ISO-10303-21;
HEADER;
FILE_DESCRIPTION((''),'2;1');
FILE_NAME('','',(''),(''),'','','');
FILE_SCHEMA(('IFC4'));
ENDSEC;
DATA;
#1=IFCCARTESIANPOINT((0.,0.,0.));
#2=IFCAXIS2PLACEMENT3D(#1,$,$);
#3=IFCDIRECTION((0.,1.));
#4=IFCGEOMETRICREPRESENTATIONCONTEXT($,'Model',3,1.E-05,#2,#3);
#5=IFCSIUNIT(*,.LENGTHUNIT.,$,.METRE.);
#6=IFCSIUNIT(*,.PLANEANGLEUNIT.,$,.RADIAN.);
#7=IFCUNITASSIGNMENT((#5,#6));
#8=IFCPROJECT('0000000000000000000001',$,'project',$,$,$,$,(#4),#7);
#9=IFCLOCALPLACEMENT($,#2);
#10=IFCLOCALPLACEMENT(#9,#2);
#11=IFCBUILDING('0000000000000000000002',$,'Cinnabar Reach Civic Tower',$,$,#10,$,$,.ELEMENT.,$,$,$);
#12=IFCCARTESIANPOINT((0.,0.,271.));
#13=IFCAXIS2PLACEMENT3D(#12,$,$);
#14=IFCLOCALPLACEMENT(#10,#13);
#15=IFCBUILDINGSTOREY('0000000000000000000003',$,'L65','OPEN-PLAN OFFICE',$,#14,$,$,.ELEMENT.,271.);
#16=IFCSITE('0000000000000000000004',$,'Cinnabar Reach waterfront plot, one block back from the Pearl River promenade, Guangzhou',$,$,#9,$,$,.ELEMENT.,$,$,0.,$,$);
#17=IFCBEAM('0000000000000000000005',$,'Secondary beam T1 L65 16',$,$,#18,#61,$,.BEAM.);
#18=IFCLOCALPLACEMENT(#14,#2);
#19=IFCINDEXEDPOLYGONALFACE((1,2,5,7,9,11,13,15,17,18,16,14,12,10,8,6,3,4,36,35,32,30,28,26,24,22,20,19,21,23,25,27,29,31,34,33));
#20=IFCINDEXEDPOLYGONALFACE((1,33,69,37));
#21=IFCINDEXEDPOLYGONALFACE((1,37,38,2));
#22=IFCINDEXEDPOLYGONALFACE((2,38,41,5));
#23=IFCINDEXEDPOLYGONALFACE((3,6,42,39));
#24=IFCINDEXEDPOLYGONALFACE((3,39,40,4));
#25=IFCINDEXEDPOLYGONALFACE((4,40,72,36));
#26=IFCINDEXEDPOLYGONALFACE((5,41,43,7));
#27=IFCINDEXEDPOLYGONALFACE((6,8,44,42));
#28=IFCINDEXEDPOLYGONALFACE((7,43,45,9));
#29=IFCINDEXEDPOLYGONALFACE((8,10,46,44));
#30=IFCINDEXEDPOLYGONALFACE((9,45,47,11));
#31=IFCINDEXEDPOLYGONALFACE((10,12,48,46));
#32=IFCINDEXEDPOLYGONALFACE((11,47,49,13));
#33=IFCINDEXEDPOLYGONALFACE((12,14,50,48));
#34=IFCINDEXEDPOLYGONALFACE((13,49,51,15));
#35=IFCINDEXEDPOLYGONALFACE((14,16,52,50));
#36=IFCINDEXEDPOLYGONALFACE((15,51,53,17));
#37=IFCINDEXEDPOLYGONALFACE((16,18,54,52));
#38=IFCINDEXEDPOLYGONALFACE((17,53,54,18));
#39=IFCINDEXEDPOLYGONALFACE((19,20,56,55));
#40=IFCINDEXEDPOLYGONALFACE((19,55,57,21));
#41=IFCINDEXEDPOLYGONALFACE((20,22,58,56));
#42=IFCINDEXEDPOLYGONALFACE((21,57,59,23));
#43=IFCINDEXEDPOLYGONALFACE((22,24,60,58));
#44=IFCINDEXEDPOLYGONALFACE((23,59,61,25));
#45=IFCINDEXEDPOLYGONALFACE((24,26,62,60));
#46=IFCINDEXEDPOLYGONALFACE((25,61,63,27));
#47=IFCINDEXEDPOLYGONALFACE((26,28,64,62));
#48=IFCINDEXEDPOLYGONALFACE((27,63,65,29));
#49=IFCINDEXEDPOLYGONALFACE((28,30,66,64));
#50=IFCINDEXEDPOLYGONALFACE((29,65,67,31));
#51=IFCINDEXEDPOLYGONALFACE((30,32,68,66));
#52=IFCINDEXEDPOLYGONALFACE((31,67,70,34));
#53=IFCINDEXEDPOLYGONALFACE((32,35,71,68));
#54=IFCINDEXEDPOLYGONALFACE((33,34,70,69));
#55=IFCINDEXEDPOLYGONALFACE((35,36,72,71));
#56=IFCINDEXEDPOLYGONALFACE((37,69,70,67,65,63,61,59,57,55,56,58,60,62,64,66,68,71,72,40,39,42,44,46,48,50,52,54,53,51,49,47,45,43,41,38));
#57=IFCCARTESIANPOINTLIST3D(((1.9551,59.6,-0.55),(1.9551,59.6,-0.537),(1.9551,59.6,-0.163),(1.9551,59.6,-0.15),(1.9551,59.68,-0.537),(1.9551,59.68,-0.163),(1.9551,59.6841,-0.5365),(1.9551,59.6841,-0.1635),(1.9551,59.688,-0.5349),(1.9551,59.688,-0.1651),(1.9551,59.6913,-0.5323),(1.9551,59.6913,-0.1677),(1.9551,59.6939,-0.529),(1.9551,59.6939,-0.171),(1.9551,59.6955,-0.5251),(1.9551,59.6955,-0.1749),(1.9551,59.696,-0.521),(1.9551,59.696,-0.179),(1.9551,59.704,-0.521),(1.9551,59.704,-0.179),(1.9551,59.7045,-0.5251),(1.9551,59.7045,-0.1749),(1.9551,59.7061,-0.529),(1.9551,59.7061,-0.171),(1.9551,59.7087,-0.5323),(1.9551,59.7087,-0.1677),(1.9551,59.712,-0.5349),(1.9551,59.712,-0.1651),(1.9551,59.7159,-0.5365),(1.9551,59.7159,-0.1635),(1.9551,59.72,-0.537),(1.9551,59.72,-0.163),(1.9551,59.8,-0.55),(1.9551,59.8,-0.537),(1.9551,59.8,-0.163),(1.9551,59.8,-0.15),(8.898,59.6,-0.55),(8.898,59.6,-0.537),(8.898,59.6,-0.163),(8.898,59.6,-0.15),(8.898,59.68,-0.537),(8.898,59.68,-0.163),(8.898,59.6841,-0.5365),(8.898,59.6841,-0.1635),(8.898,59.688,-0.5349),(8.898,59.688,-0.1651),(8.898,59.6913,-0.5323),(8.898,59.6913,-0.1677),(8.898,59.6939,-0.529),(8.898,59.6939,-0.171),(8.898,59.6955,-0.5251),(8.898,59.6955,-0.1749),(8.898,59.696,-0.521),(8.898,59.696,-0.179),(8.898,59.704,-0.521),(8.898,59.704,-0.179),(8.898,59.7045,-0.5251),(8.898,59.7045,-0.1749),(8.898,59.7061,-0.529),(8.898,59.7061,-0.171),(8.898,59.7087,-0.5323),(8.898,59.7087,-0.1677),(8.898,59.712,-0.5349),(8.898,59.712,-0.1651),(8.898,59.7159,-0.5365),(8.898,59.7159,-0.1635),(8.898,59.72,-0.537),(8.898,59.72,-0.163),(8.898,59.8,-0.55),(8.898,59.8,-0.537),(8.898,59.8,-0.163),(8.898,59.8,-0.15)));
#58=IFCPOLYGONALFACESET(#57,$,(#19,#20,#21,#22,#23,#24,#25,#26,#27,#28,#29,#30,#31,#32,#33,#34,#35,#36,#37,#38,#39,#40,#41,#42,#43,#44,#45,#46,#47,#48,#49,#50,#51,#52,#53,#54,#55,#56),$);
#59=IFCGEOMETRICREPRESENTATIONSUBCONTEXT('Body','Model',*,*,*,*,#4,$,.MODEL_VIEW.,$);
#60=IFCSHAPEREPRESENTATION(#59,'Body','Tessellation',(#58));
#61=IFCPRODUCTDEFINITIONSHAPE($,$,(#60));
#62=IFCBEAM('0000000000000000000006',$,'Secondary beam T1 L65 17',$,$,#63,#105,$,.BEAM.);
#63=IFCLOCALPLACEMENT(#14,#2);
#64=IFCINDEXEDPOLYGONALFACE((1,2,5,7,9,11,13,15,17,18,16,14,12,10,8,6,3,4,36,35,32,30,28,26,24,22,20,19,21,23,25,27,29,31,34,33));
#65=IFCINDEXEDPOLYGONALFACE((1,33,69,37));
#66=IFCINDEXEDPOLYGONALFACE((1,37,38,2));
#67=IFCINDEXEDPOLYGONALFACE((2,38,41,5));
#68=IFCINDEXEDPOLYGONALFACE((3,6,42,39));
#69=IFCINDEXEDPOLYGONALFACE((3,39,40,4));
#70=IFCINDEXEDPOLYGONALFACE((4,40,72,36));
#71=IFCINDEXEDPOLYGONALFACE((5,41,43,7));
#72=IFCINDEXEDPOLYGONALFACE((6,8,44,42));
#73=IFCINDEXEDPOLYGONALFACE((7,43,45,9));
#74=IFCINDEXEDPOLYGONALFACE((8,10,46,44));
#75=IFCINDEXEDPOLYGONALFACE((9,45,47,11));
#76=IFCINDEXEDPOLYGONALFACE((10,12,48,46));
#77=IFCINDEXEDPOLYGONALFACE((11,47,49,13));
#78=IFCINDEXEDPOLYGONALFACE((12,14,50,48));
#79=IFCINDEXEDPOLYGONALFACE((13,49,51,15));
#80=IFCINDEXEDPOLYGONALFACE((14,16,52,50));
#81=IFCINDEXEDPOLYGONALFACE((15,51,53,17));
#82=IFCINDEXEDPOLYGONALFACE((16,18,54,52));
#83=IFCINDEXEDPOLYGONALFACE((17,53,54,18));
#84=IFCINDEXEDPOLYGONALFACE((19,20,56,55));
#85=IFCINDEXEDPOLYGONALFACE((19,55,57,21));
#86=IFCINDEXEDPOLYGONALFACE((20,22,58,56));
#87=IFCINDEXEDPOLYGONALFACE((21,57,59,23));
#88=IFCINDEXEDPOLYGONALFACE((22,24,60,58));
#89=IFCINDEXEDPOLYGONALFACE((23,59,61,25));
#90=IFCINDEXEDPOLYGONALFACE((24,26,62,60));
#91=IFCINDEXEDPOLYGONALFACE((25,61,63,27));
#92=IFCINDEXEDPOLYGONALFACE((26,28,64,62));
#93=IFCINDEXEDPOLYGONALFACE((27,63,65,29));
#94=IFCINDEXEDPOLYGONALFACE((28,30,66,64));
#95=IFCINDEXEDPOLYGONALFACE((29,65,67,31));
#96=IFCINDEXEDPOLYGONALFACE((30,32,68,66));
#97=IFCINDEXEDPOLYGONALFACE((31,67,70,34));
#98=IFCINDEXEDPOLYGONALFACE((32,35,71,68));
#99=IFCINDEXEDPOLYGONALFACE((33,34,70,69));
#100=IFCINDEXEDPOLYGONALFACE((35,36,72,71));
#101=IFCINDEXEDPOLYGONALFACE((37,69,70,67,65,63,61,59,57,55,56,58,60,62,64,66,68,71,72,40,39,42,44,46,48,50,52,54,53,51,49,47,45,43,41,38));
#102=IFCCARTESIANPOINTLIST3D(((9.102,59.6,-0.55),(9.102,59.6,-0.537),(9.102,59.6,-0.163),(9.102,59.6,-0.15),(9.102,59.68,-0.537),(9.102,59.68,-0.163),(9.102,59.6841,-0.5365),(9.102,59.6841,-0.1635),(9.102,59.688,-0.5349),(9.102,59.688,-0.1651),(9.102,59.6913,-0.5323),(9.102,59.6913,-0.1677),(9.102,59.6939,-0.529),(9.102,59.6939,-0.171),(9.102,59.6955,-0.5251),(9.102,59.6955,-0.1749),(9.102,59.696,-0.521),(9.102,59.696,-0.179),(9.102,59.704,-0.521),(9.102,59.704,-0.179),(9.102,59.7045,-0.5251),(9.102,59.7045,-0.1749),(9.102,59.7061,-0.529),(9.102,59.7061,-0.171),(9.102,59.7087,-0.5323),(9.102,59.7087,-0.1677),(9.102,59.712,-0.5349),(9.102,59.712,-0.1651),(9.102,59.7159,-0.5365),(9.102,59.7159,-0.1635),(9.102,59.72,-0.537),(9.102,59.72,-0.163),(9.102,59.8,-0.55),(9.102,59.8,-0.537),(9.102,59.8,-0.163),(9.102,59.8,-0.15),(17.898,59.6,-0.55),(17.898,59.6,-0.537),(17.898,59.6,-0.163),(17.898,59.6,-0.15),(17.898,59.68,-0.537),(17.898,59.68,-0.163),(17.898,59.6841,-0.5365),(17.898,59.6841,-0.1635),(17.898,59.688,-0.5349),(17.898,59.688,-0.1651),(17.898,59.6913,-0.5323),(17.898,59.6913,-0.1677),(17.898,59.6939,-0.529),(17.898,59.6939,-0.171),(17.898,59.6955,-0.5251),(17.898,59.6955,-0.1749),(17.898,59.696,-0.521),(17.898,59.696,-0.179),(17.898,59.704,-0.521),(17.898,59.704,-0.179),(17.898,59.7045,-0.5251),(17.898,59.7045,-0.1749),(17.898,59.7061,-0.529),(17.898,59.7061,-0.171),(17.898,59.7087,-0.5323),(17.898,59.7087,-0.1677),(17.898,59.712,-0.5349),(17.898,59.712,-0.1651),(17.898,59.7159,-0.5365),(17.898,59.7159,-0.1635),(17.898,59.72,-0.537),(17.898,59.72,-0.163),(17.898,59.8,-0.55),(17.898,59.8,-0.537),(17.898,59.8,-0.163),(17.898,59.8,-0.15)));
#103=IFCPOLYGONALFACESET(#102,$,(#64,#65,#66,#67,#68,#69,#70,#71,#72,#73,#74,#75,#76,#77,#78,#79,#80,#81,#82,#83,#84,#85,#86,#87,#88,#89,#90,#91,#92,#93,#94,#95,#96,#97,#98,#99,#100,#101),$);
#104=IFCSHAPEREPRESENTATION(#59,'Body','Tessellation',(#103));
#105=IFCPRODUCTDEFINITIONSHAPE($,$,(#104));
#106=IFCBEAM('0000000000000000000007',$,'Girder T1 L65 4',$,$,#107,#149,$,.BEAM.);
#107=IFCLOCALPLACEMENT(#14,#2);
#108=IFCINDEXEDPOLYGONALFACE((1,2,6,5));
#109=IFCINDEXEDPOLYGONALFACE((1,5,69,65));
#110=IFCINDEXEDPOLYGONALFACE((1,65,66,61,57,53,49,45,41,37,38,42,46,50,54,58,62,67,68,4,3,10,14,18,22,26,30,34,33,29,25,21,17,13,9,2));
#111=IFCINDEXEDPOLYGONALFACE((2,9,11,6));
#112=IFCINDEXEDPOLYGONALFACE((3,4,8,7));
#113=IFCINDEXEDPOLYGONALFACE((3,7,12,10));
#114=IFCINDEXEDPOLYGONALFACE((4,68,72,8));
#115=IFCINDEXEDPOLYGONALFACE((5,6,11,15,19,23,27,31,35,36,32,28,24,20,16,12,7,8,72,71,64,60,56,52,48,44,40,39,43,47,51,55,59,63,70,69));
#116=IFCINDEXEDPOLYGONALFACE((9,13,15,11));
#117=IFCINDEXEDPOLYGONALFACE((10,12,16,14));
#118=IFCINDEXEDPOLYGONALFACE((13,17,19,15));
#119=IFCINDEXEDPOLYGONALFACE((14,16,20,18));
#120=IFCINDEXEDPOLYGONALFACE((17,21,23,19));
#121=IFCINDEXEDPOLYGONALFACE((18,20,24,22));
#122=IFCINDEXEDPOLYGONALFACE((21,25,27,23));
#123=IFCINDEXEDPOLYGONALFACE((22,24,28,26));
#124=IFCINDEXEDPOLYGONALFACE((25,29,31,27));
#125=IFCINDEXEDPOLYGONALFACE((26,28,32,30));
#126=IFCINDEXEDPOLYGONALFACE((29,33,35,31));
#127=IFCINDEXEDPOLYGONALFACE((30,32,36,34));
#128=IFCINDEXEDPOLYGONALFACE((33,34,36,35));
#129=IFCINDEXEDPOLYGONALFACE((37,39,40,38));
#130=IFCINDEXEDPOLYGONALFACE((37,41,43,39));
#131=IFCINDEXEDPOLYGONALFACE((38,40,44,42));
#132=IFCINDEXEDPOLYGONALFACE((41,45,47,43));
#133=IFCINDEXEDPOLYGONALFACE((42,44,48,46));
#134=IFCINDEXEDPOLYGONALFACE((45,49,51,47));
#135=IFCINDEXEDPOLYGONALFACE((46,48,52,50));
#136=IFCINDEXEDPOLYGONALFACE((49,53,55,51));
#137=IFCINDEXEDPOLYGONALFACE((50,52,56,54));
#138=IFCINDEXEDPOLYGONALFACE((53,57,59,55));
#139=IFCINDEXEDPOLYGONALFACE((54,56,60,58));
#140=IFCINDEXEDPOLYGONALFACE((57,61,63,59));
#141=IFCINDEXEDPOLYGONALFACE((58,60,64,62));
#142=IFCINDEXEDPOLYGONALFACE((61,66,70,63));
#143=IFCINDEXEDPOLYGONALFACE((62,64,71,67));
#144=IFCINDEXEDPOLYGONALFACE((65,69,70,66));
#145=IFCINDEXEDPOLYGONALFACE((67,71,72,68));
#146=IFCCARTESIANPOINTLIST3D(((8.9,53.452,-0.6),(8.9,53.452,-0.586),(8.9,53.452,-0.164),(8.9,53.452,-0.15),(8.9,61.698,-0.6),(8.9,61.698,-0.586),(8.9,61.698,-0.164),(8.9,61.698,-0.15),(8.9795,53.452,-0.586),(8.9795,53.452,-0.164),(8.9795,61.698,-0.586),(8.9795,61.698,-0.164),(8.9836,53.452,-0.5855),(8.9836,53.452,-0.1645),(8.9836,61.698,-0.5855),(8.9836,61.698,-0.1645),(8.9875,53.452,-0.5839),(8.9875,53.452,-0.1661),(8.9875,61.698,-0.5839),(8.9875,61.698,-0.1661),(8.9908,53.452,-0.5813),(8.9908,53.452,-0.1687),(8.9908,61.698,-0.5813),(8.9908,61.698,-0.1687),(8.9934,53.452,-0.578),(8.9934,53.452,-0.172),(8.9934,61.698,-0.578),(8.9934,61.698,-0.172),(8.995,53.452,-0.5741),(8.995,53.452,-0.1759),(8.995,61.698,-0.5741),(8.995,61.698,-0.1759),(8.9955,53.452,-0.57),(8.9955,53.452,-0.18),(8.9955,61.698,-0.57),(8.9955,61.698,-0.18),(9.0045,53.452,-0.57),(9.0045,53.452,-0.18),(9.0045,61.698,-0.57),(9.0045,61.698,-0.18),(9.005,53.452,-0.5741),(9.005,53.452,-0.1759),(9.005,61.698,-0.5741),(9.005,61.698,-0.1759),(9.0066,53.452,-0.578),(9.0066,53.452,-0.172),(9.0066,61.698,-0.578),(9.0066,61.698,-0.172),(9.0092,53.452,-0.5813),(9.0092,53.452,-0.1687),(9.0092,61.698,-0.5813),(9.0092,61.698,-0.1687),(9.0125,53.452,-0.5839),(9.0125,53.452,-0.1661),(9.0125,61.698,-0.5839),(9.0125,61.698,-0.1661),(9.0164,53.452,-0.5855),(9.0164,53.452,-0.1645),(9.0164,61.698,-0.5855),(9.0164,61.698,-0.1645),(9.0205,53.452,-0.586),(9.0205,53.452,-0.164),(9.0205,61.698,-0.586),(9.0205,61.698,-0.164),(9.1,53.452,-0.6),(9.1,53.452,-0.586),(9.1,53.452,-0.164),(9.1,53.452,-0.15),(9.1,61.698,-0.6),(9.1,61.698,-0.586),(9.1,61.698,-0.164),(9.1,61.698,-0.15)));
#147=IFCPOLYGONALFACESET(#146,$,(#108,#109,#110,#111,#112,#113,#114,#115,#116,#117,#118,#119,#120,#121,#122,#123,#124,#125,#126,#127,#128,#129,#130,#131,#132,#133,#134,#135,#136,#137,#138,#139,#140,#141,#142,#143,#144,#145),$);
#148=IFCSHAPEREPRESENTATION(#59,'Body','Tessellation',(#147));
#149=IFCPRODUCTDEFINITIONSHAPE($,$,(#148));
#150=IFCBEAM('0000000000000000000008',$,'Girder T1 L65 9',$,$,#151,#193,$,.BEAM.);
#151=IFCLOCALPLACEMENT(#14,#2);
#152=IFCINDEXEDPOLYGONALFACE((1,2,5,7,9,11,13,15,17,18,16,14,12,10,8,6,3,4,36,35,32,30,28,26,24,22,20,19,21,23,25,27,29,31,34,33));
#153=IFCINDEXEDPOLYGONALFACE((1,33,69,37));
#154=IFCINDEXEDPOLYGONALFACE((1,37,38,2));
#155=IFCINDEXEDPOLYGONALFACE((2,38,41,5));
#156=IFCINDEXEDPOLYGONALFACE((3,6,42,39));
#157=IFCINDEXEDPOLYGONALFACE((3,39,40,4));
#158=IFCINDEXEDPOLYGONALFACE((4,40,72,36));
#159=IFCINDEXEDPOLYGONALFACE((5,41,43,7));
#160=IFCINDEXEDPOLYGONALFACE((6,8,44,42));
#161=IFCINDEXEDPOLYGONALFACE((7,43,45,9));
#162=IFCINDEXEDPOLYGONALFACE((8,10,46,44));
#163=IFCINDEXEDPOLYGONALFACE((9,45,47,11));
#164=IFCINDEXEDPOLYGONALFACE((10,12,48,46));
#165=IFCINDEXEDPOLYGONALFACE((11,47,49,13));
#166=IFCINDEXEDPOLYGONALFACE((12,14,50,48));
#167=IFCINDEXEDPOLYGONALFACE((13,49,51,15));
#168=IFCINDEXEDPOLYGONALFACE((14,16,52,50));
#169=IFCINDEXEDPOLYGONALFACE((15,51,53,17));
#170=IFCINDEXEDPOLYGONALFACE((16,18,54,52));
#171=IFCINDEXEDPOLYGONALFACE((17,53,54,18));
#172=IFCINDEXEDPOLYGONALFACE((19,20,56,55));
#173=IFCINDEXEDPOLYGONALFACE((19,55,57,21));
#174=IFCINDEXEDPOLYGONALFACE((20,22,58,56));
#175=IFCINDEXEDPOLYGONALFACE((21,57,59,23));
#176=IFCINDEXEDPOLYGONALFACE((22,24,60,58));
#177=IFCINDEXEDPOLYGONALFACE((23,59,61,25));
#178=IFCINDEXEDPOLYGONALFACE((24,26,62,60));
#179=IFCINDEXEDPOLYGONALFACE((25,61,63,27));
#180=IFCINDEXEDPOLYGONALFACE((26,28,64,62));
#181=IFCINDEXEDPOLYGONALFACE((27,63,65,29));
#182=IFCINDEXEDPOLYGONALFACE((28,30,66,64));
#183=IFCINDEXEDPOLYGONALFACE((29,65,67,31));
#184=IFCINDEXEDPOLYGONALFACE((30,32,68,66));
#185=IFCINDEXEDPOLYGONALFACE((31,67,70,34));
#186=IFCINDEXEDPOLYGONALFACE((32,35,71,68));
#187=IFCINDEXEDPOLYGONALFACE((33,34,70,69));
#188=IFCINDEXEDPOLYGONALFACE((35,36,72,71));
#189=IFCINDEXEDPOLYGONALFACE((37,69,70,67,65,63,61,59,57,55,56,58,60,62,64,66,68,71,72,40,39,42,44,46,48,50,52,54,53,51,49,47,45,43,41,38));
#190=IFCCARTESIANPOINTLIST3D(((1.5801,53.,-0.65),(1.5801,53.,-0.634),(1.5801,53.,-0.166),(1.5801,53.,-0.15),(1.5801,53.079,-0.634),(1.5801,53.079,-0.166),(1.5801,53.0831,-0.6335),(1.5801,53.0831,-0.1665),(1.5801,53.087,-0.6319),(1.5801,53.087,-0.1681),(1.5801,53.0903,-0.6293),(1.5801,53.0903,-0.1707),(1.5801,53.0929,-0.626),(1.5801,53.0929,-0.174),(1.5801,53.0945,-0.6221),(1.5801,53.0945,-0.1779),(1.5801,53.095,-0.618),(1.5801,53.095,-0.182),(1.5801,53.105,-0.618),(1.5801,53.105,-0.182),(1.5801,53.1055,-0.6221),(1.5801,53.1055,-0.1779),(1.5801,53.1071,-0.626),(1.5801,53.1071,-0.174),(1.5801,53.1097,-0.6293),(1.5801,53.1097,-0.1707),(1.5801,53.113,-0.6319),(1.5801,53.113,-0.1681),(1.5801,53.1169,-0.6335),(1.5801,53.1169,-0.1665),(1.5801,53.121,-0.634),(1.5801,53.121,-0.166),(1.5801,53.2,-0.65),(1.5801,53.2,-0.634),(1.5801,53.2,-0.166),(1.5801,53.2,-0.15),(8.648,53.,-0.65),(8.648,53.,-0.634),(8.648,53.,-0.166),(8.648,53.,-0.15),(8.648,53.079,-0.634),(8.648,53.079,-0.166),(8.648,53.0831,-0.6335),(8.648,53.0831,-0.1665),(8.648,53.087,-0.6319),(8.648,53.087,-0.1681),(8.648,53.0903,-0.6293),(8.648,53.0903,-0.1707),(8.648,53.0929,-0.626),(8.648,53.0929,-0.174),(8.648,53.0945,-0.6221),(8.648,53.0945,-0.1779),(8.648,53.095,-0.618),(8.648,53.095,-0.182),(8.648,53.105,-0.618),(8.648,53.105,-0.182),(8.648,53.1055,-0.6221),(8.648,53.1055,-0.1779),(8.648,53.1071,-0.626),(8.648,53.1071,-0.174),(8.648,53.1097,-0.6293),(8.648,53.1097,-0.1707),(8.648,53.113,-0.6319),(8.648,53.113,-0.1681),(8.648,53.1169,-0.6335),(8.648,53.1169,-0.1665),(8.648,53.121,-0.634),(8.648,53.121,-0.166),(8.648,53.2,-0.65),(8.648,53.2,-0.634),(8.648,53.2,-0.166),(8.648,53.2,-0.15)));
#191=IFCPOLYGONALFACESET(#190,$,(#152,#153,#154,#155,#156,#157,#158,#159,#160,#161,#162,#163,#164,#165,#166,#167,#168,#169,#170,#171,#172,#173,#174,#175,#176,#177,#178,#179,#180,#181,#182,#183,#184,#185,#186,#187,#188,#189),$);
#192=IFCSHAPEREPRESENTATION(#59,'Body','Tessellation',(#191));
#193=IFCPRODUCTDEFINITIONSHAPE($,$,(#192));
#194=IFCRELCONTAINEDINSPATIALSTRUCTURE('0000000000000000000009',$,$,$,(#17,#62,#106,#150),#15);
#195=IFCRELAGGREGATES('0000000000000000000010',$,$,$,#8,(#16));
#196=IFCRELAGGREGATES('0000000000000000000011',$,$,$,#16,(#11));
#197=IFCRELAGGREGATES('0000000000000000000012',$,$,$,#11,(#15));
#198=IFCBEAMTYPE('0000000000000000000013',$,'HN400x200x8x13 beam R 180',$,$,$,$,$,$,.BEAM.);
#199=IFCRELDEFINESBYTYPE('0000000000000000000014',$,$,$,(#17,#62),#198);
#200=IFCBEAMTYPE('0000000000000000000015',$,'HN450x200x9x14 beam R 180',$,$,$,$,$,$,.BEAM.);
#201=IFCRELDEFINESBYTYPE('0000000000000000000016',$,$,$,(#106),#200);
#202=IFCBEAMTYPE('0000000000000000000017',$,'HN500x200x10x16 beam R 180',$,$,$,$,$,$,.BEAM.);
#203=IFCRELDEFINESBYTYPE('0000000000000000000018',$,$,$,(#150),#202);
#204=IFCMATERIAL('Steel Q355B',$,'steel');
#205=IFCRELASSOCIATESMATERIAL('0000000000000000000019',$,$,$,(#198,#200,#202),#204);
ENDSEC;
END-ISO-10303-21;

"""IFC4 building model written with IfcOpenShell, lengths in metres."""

from ifc_helpers import new_model, si_unit, direction, frame, origin, origin_2d, place, context, subcontext, project, spatial, i_section, extrude, material, material_profile, profile_set, type_object, element, save


model = new_model("IFC4")

# Units and contexts
model_context = context("Model", 3, precision=1e-05, world=origin(), true_north=direction((0.0, 1.0)))
body_context = subcontext(model_context, "Body", "Model", "MODEL_VIEW")
ifc_project = project(units=[si_unit("LENGTHUNIT", "METRE"), si_unit("PLANEANGLEUNIT", "RADIAN")], contexts=[model_context])

# Site, building, storey
site_placement = place(None, origin())
site = spatial("IfcSite", under=ifc_project, at=site_placement, Name="Cinnabar Reach waterfront plot, one block back from the Pearl River promenade, Guangzhou", CompositionType="ELEMENT", RefElevation=0.0)
building_placement = place(site_placement, origin())
building = spatial("IfcBuilding", under=site, at=building_placement, Name="Cinnabar Reach Civic Tower", CompositionType="ELEMENT")
storey_placement = place(building_placement, frame((0.0, 0.0, 271.0)))
storey = spatial("IfcBuildingStorey", under=building, at=storey_placement, Name="L65", Description="OPEN-PLAN OFFICE", CompositionType="ELEMENT", Elevation=271.0)

# Beams
ifc_material_1 = material(Name="Steel Q355B", Category="steel")
ifc_material_profile_1 = material_profile(ifc_material_1, i_section(OverallWidth=0.2, OverallDepth=0.4, WebThickness=0.008, FlangeThickness=0.013, FilletRadius=0.016, at=origin_2d()), Name="HN400x200x8x13")
ifc_profile_set_1 = profile_set([ifc_material_profile_1], Name="Steel Q355B")
beam_type_1 = type_object("IfcBeamType", Name="HN400x200x8x13 beam R 180", PredefinedType="BEAM", material=ifc_profile_set_1)
beam_1_placement = place(storey_placement, frame((1.9551, 59.7, -0.35), z_axis=(1.0, 0.0, 0.0), x_axis=(0.0, 1.0, 0.0)))
element("IfcBeam", 1, at=beam_1_placement, inside=storey, type_object=beam_type_1, Name="Secondary beam T1 L65 16", PredefinedType="BEAM", context=body_context, shape_type="SweptSolid", body=[
    extrude(i_section(OverallWidth=0.2, OverallDepth=0.4, WebThickness=0.008, FlangeThickness=0.013, FilletRadius=0.016, at=origin_2d()), origin(), (0.0, 0.0, 1.0), 6.9429),
])
beam_2_placement = place(storey_placement, frame((9.102, 59.7, -0.35), z_axis=(1.0, 0.0, 0.0), x_axis=(0.0, 1.0, 0.0)))
element("IfcBeam", 2, at=beam_2_placement, inside=storey, type_object=beam_type_1, Name="Secondary beam T1 L65 17", PredefinedType="BEAM", context=body_context, shape_type="SweptSolid", body=[
    extrude(i_section(OverallWidth=0.2, OverallDepth=0.4, WebThickness=0.008, FlangeThickness=0.013, FilletRadius=0.016, at=origin_2d()), origin(), (0.0, 0.0, 1.0), 8.796),
])
ifc_material_profile_2 = material_profile(ifc_material_1, i_section(OverallWidth=0.2, OverallDepth=0.45, WebThickness=0.009, FlangeThickness=0.014, FilletRadius=0.016, at=origin_2d()), Name="HN450x200x9x14")
ifc_profile_set_2 = profile_set([ifc_material_profile_2], Name="Steel Q355B")
beam_type_2 = type_object("IfcBeamType", Name="HN450x200x9x14 beam R 180", PredefinedType="BEAM", material=ifc_profile_set_2)
beam_3_placement = place(storey_placement, frame((9.0, 53.452, -0.375), z_axis=(0.0, 1.0, 0.0), x_axis=(-1.0, 0.0, 0.0)))
element("IfcBeam", 3, at=beam_3_placement, inside=storey, type_object=beam_type_2, Name="Girder T1 L65 4", PredefinedType="BEAM", context=body_context, shape_type="SweptSolid", body=[
    extrude(i_section(OverallWidth=0.2, OverallDepth=0.45, WebThickness=0.009, FlangeThickness=0.014, FilletRadius=0.016, at=origin_2d()), origin(), (0.0, 0.0, 1.0), 8.246),
])
ifc_material_profile_3 = material_profile(ifc_material_1, i_section(OverallWidth=0.2, OverallDepth=0.5, WebThickness=0.01, FlangeThickness=0.016, FilletRadius=0.016, at=origin_2d()), Name="HN500x200x10x16")
ifc_profile_set_3 = profile_set([ifc_material_profile_3], Name="Steel Q355B")
beam_type_3 = type_object("IfcBeamType", Name="HN500x200x10x16 beam R 180", PredefinedType="BEAM", material=ifc_profile_set_3)
beam_4_placement = place(storey_placement, frame((1.5801, 53.1, -0.4), z_axis=(1.0, 0.0, 0.0), x_axis=(0.0, 1.0, 0.0)))
element("IfcBeam", 4, at=beam_4_placement, inside=storey, type_object=beam_type_3, Name="Girder T1 L65 9", PredefinedType="BEAM", context=body_context, shape_type="SweptSolid", body=[
    extrude(i_section(OverallWidth=0.2, OverallDepth=0.5, WebThickness=0.01, FlangeThickness=0.016, FilletRadius=0.016, at=origin_2d()), origin(), (0.0, 0.0, 1.0), 7.0679),
])

save(model, "model.ifc")
